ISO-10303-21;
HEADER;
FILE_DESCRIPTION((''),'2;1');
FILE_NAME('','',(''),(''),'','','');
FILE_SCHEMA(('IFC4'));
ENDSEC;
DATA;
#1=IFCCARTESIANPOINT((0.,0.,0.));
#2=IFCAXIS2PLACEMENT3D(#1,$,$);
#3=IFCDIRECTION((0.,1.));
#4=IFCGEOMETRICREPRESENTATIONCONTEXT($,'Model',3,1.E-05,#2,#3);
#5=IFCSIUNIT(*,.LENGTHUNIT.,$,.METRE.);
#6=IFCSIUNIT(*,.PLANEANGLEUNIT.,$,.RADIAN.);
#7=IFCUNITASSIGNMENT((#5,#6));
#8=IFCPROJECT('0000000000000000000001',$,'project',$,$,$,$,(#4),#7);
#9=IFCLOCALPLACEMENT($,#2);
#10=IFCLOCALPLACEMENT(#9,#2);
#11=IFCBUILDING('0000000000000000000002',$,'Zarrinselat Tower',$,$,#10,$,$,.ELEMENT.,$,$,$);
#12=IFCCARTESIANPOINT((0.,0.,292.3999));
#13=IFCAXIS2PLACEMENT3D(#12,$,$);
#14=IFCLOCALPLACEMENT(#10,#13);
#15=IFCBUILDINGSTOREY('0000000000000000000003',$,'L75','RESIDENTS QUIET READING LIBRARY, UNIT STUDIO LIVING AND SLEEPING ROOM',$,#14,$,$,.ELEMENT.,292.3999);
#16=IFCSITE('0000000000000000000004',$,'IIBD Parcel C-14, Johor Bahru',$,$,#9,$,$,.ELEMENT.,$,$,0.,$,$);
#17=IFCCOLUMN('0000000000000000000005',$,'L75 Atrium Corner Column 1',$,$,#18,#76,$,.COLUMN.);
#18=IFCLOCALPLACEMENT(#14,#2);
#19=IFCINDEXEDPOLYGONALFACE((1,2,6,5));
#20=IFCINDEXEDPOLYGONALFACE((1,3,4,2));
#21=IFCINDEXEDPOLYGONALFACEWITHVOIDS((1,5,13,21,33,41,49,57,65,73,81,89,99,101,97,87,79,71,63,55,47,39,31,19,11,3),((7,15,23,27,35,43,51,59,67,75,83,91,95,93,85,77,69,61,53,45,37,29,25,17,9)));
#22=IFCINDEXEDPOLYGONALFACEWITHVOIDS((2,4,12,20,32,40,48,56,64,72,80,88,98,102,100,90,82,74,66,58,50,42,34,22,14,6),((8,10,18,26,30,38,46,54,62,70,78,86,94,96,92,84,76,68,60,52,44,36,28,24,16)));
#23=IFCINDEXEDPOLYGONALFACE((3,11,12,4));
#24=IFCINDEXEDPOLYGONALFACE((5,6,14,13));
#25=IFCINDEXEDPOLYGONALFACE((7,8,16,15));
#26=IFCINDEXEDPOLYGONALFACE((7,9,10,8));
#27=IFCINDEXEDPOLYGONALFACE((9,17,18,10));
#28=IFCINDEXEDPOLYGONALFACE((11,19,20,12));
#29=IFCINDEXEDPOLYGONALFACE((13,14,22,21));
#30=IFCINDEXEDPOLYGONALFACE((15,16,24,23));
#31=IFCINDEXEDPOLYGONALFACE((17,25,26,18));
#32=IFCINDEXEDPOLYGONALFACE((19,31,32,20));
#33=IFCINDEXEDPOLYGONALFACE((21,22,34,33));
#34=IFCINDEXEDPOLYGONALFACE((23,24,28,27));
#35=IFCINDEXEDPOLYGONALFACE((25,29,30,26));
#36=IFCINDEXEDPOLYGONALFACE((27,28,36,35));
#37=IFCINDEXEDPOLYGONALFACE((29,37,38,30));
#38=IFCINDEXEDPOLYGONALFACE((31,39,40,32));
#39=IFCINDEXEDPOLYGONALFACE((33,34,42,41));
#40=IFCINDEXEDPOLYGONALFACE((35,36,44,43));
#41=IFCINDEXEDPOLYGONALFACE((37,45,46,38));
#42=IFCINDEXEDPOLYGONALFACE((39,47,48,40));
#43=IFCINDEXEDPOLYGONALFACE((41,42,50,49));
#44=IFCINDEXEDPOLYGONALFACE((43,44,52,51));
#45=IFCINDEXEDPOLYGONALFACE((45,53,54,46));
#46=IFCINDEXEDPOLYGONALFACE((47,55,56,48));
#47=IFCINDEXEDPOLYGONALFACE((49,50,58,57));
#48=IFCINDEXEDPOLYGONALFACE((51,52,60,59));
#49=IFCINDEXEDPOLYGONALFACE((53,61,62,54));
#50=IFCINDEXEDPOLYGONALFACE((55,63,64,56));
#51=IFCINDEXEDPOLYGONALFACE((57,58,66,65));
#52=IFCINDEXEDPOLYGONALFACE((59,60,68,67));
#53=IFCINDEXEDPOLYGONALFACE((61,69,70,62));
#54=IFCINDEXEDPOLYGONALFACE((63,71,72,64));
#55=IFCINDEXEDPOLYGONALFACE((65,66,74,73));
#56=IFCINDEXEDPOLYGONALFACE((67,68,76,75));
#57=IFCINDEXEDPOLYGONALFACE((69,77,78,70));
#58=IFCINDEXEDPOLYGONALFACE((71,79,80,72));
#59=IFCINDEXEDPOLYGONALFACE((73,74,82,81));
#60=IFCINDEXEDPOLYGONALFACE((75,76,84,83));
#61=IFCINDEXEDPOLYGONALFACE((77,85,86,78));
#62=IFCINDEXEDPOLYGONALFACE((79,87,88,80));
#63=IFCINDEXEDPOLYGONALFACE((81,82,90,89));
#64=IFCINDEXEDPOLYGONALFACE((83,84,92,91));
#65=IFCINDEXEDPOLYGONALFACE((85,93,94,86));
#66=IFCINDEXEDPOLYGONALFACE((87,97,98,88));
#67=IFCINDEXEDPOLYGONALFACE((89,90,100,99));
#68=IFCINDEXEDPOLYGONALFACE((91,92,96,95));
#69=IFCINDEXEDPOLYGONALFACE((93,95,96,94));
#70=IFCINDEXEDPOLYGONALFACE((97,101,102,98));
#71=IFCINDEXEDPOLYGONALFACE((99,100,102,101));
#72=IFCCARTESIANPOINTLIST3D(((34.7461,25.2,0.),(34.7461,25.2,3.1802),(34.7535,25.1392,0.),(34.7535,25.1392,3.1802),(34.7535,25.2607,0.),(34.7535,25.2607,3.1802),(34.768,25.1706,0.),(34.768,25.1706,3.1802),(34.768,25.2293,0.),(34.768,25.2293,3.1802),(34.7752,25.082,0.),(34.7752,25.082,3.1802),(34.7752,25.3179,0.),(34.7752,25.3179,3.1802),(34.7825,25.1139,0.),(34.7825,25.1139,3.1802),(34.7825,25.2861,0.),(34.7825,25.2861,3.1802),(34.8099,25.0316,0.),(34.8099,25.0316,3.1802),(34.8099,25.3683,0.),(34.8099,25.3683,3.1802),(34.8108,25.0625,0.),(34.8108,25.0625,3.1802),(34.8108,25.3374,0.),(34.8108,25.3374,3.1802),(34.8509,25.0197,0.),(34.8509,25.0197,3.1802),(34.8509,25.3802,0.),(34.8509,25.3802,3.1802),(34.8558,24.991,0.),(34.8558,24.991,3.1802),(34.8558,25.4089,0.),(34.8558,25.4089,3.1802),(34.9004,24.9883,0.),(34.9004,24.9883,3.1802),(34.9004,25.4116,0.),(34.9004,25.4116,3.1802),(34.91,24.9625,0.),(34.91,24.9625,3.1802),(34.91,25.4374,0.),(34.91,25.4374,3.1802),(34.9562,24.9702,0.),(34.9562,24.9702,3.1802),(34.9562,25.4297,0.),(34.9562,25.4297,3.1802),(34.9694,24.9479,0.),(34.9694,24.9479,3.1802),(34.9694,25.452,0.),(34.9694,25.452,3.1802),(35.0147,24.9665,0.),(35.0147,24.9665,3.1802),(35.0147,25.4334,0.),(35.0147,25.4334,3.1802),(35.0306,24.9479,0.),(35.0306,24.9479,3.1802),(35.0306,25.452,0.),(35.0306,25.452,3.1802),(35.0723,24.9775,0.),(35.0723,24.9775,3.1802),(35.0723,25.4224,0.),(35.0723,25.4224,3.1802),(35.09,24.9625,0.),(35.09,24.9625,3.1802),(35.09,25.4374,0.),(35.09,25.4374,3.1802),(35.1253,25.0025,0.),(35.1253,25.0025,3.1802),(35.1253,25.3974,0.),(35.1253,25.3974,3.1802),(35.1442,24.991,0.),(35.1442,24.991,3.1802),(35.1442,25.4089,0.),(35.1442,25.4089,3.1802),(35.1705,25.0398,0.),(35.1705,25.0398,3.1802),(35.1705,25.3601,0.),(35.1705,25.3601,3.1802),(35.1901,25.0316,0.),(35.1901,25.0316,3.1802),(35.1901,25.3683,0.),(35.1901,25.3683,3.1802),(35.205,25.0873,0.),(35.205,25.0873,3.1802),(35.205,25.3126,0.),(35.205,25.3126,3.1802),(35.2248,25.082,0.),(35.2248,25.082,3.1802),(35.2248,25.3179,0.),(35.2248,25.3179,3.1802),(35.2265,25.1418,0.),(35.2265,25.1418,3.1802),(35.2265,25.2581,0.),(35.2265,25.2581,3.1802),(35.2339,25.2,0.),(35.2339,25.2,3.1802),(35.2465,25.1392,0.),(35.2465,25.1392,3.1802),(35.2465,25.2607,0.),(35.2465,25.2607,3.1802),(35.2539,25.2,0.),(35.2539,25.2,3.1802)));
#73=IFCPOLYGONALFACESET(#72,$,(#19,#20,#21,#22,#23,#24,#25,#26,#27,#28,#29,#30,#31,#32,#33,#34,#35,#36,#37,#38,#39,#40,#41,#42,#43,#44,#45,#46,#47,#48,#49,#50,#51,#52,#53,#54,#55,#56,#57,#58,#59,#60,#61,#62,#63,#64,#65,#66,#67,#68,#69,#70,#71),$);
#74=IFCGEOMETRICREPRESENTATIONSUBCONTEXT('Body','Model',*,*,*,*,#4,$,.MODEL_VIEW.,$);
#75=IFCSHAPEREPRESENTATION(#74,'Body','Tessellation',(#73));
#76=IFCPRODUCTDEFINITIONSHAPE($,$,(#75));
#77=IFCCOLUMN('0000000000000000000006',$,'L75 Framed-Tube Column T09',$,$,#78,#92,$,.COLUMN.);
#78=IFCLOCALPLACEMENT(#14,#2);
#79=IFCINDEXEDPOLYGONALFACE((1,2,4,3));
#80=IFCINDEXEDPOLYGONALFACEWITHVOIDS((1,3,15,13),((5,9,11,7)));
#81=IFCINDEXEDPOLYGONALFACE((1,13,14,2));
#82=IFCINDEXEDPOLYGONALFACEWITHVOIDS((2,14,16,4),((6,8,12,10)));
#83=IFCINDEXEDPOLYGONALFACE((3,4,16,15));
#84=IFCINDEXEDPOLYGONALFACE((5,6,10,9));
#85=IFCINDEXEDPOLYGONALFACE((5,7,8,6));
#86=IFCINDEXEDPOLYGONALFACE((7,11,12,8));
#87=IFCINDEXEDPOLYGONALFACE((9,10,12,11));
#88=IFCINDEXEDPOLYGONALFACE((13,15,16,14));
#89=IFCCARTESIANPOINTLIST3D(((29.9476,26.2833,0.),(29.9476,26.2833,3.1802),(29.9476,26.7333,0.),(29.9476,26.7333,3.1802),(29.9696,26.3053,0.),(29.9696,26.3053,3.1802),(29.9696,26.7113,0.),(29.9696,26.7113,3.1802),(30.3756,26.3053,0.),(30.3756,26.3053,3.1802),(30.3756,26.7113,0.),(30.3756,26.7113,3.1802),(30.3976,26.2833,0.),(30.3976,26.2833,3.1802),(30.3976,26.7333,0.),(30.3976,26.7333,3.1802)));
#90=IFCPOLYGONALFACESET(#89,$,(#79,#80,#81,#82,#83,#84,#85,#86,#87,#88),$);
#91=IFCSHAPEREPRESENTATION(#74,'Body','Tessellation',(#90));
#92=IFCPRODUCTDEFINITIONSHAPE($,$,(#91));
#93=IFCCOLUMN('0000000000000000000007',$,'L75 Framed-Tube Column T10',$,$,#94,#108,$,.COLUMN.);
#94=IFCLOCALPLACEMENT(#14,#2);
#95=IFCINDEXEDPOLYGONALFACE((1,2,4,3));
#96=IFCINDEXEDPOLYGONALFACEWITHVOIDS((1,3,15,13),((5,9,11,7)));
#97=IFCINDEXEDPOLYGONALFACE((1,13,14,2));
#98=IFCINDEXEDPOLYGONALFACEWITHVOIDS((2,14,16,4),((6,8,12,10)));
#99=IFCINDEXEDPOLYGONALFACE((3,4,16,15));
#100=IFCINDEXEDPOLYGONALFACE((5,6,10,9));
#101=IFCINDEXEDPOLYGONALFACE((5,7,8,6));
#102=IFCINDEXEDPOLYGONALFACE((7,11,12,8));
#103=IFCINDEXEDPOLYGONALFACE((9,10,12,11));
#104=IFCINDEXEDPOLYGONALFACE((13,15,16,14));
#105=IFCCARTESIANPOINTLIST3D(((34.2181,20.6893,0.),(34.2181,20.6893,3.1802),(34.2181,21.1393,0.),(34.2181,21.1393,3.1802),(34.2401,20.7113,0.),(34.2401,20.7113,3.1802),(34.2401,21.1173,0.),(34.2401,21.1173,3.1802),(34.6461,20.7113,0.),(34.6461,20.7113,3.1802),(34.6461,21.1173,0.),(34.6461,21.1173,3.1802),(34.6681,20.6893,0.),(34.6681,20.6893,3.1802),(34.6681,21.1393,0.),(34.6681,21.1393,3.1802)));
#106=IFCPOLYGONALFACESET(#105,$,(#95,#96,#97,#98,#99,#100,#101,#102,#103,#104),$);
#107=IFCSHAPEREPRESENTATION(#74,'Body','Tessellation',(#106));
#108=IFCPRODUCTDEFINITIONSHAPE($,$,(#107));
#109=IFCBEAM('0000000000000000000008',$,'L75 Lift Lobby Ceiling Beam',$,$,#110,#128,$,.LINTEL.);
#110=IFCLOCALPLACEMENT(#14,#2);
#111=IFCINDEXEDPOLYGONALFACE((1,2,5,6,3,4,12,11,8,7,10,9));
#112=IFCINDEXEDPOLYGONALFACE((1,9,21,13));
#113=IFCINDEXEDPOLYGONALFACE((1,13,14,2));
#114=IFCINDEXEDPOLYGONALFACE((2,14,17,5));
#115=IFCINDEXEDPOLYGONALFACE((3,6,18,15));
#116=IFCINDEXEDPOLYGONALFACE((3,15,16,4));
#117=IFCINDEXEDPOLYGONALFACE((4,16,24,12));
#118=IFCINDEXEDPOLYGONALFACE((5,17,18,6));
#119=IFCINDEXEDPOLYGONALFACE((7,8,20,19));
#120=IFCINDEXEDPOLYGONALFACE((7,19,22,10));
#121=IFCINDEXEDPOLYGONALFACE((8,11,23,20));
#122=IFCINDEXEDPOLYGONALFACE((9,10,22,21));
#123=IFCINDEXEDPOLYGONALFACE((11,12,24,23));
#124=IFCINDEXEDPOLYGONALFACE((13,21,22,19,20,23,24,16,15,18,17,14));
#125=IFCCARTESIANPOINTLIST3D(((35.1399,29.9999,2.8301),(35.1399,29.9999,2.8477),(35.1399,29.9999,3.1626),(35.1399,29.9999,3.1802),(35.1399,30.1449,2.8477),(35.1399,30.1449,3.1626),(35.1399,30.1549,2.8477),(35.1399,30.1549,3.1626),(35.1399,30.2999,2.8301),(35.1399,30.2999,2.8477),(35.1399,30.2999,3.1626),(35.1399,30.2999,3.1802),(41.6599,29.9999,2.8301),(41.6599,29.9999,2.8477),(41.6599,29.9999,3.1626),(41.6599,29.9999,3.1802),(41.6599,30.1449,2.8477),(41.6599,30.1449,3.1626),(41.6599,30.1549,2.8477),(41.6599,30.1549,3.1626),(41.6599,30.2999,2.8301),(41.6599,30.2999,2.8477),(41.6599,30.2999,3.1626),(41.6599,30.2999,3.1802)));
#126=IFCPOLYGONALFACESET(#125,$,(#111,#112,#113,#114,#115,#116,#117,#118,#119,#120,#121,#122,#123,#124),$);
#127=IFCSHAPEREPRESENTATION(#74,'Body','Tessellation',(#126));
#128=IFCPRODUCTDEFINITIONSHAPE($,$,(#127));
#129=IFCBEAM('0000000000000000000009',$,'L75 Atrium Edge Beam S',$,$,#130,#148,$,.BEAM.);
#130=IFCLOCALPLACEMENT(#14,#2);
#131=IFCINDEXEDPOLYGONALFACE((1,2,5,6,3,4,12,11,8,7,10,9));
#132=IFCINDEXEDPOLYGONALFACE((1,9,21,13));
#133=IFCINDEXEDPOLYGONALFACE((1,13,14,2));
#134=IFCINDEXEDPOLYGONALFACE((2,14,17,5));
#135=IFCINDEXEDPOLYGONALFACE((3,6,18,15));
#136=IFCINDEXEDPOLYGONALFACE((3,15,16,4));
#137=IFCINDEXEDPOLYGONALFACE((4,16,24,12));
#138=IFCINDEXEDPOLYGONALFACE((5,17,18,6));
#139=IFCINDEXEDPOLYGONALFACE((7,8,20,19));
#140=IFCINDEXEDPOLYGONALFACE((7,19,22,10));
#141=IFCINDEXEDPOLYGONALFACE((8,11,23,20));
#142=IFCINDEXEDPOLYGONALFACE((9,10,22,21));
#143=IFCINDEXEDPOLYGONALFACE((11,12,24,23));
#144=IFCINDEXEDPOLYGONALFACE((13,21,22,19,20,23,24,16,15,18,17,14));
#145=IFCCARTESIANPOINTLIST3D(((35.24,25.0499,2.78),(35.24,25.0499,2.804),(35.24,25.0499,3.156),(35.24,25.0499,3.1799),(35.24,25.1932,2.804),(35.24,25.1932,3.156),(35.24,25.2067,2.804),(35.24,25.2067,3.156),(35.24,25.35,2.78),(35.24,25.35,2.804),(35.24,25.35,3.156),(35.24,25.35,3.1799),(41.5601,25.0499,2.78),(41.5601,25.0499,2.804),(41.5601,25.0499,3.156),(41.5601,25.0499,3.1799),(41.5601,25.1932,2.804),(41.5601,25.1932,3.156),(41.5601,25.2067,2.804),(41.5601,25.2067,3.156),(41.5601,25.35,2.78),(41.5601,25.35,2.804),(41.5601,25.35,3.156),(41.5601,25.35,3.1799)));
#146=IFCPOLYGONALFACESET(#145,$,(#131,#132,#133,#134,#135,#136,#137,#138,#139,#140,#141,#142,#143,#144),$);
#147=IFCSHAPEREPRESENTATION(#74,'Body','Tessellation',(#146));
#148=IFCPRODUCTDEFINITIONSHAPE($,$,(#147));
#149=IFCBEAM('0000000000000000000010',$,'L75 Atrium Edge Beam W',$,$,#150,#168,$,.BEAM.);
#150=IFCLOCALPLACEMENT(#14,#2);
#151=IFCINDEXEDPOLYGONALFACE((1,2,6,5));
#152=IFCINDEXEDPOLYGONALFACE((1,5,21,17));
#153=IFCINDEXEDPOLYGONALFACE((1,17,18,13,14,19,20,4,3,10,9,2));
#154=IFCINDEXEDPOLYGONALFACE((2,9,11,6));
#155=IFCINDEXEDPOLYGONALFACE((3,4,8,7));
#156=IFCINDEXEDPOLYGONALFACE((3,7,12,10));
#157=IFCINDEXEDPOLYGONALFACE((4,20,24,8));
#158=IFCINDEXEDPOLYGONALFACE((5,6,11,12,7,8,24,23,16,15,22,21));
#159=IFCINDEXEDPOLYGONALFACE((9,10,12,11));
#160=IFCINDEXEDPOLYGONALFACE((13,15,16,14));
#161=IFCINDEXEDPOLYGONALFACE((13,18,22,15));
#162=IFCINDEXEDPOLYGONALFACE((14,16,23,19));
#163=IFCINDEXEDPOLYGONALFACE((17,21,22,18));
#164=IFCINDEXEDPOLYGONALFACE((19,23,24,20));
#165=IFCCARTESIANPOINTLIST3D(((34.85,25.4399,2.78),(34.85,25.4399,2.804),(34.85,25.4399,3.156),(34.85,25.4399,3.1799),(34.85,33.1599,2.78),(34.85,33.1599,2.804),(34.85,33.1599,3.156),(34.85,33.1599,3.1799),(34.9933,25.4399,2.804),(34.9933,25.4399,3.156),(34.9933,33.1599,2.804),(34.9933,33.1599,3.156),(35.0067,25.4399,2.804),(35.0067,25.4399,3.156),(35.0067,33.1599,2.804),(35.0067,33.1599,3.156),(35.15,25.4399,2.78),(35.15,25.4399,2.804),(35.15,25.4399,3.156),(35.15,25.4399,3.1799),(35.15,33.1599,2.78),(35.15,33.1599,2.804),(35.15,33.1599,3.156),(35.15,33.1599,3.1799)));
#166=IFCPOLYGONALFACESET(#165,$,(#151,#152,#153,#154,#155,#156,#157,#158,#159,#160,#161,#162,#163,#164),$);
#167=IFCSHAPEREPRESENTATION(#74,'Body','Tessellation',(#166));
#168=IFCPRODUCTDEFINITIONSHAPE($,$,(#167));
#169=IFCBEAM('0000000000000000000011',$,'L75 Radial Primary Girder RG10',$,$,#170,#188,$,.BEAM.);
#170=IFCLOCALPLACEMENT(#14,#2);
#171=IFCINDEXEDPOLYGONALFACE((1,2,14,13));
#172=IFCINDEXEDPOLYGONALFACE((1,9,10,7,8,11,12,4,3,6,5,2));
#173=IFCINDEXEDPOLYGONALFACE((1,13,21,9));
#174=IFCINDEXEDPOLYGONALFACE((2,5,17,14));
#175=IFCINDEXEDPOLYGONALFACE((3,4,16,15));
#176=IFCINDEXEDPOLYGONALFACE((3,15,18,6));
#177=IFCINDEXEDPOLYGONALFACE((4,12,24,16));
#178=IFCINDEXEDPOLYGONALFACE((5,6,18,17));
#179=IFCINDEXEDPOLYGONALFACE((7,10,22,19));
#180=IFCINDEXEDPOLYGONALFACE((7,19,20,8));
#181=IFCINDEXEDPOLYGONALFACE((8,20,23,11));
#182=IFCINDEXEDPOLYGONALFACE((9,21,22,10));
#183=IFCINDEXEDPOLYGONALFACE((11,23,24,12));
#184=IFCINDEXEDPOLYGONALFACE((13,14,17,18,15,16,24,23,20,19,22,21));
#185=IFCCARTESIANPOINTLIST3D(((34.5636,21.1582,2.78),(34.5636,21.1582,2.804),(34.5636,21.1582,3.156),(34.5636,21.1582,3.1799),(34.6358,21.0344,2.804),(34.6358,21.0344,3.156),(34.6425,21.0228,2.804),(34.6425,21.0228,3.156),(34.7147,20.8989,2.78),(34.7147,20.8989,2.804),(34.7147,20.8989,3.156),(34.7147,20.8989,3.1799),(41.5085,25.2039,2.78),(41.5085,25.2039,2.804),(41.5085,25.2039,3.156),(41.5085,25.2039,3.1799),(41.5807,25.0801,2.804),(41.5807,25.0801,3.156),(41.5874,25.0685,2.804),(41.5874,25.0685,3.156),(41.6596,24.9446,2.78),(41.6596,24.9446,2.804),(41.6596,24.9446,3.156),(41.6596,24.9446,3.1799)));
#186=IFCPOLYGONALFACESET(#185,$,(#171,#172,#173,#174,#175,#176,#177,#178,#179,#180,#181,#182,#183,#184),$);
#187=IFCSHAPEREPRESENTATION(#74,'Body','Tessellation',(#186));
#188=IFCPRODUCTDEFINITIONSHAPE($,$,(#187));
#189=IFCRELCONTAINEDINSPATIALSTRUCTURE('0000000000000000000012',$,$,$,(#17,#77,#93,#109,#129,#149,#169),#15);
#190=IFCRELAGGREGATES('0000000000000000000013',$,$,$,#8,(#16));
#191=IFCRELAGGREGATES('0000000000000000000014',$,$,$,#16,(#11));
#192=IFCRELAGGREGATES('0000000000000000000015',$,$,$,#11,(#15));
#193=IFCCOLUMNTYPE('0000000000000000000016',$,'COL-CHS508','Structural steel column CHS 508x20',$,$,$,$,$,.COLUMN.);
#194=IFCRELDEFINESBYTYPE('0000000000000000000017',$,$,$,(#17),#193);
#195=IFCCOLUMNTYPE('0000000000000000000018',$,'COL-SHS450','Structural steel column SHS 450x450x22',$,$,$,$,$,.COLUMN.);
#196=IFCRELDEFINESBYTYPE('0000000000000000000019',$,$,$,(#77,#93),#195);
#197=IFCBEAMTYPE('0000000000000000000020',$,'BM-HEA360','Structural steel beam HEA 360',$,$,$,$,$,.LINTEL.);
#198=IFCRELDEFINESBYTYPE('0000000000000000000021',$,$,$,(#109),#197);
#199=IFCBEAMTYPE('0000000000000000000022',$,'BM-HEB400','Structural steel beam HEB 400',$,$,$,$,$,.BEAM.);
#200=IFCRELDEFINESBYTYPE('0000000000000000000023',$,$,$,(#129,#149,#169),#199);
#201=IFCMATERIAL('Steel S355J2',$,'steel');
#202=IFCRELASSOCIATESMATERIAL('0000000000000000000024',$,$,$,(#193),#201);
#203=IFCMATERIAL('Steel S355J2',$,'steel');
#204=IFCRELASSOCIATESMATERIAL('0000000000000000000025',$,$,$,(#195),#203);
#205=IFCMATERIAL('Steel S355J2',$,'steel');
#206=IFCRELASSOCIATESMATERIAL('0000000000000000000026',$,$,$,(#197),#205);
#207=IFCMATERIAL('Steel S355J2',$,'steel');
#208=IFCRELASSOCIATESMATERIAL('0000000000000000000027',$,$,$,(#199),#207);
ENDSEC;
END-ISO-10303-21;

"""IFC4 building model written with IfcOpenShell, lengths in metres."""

from ifc_helpers import new_model, si_unit, direction, frame, origin, origin_2d, place, context, subcontext, project, spatial, hollow_rectangle, hollow_circle, i_section, extrude, material, material_profile, profile_set, type_object, element, save


model = new_model("IFC4")

# Units and contexts
model_context = context("Model", 3, precision=1e-05, world=origin(), true_north=direction((0.0, 1.0)))
body_context = subcontext(model_context, "Body", "Model", "MODEL_VIEW")
ifc_project = project(units=[si_unit("LENGTHUNIT", "METRE"), si_unit("PLANEANGLEUNIT", "RADIAN")], contexts=[model_context])

# Site, building, storey
site_placement = place(None, origin())
site = spatial("IfcSite", under=ifc_project, at=site_placement, Name="IIBD Parcel C-14, Johor Bahru", CompositionType="ELEMENT", RefElevation=0.0)
building_placement = place(site_placement, origin())
building = spatial("IfcBuilding", under=site, at=building_placement, Name="Zarrinselat Tower", CompositionType="ELEMENT")
storey_placement = place(building_placement, frame((0.0, 0.0, 292.3999)))
storey = spatial("IfcBuildingStorey", under=building, at=storey_placement, Name="L75", Description="RESIDENTS QUIET READING LIBRARY, UNIT STUDIO LIVING AND SLEEPING ROOM", CompositionType="ELEMENT", Elevation=292.3999)

# Columns
ifc_material_1 = material(Name="Steel S355J2", Category="steel")
ifc_material_profile_1 = material_profile(ifc_material_1, hollow_circle(Radius=0.2539, WallThickness=0.02, at=origin_2d()), Name="CHS 508x20")
ifc_profile_set_1 = profile_set([ifc_material_profile_1], Name="Steel S355J2")
column_type_1 = type_object("IfcColumnType", Name="COL-CHS508", Description="Structural steel column CHS 508x20", PredefinedType="COLUMN", material=ifc_profile_set_1)
column_placement = place(storey_placement, frame((35.0, 25.2, 0.0), z_axis=(0.0, 0.0, 1.0), x_axis=(1.0, 0.0, 0.0)))
element("IfcColumn", 1, at=column_placement, inside=storey, type_object=column_type_1, Name="L75 Atrium Corner Column 1", PredefinedType="COLUMN", context=body_context, shape_type="SweptSolid", body=[
    extrude(hollow_circle(Radius=0.2539, WallThickness=0.02, at=origin_2d()), origin(), (0.0, 0.0, 1.0), 3.1802),
])
ifc_material_2 = material(Name="Steel S355J2", Category="steel")
ifc_material_profile_2 = material_profile(ifc_material_2, hollow_rectangle(XDim=0.45, YDim=0.45, WallThickness=0.022, at=origin_2d()), Name="SHS 450x450x22")
ifc_profile_set_2 = profile_set([ifc_material_profile_2], Name="Steel S355J2")
column_type_2 = type_object("IfcColumnType", Name="COL-SHS450", Description="Structural steel column SHS 450x450x22", PredefinedType="COLUMN", material=ifc_profile_set_2)
for number, where, z_axis, x_axis, name in (
    (2, (30.1726, 26.5083, 0.0), (0.0, 0.0, 1.0), (1.0, 0.0, 0.0), "L75 Framed-Tube Column T09"),
    (3, (34.4431, 20.9143, 0.0), (0.0, 0.0, 1.0), (1.0, 0.0, 0.0), "L75 Framed-Tube Column T10"),
):
    element("IfcColumn", number, at=place(storey_placement, frame(where, z_axis=z_axis, x_axis=x_axis)), inside=storey, type_object=column_type_2, Name=name, PredefinedType="COLUMN", context=body_context, shape_type="SweptSolid", body=[
        extrude(hollow_rectangle(XDim=0.45, YDim=0.45, WallThickness=0.022, at=origin_2d()), origin(), (0.0, 0.0, 1.0), 3.1802),
    ])

# Beams
ifc_material_3 = material(Name="Steel S355J2", Category="steel")
ifc_material_profile_3 = material_profile(ifc_material_3, i_section(OverallWidth=0.3, OverallDepth=0.3501, WebThickness=0.01, FlangeThickness=0.0176, at=origin_2d()), Name="HEA 360")
ifc_profile_set_3 = profile_set([ifc_material_profile_3], Name="Steel S355J2")
beam_type_1 = type_object("IfcBeamType", Name="BM-HEA360", Description="Structural steel beam HEA 360", PredefinedType="LINTEL", material=ifc_profile_set_3)
beam_1_placement = place(storey_placement, frame((35.1399, 30.1499, 3.0051), z_axis=(1.0, 0.0, 0.0), x_axis=(0.0, 1.0, 0.0)))
element("IfcBeam", 4, at=beam_1_placement, inside=storey, type_object=beam_type_1, Name="L75 Lift Lobby Ceiling Beam", PredefinedType="LINTEL", context=body_context, shape_type="SweptSolid", body=[
    extrude(i_section(OverallWidth=0.3, OverallDepth=0.3501, WebThickness=0.01, FlangeThickness=0.0176, at=origin_2d()), origin(), (0.0, 0.0, 1.0), 6.52),
])
ifc_material_4 = material(Name="Steel S355J2", Category="steel")
ifc_material_profile_4 = material_profile(ifc_material_4, i_section(OverallWidth=0.3, OverallDepth=0.3999, WebThickness=0.0134, FlangeThickness=0.0239, at=origin_2d()), Name="HEB 400")
ifc_profile_set_4 = profile_set([ifc_material_profile_4], Name="Steel S355J2")
beam_type_2 = type_object("IfcBeamType", Name="BM-HEB400", Description="Structural steel beam HEB 400", PredefinedType="BEAM", material=ifc_profile_set_4)
beam_2_placement = place(storey_placement, frame((35.24, 25.2, 2.98), z_axis=(1.0, 0.0, 0.0), x_axis=(0.0, 1.0, 0.0)))
element("IfcBeam", 5, at=beam_2_placement, inside=storey, type_object=beam_type_2, Name="L75 Atrium Edge Beam S", PredefinedType="BEAM", context=body_context, shape_type="SweptSolid", body=[
    extrude(i_section(OverallWidth=0.3, OverallDepth=0.3999, WebThickness=0.0134, FlangeThickness=0.0239, at=origin_2d()), origin(), (0.0, 0.0, 1.0), 6.3201),
])
beam_3_placement = place(storey_placement, frame((35.0, 25.4399, 2.98), z_axis=(0.0, 1.0, 0.0), x_axis=(-1.0, 0.0, 0.0)))
element("IfcBeam", 6, at=beam_3_placement, inside=storey, type_object=beam_type_2, Name="L75 Atrium Edge Beam W", PredefinedType="BEAM", context=body_context, shape_type="SweptSolid", body=[
    extrude(i_section(OverallWidth=0.3, OverallDepth=0.3999, WebThickness=0.0134, FlangeThickness=0.0239, at=origin_2d()), origin(), (0.0, 0.0, 1.0), 7.72),
])
beam_4_placement = place(storey_placement, frame((34.6392, 21.0286, 2.98), z_axis=(0.864076, 0.503361, 0.0), x_axis=(-0.503361, 0.864076, 0.0)))
element("IfcBeam", 7, at=beam_4_placement, inside=storey, type_object=beam_type_2, Name="L75 Radial Primary Girder RG10", PredefinedType="BEAM", context=body_context, shape_type="SweptSolid", body=[
    extrude(i_section(OverallWidth=0.3, OverallDepth=0.3999, WebThickness=0.0134, FlangeThickness=0.0239, at=origin_2d()), origin(), (0.0, 0.0, 1.0), 8.0374),
])

save(model, "model.ifc")
